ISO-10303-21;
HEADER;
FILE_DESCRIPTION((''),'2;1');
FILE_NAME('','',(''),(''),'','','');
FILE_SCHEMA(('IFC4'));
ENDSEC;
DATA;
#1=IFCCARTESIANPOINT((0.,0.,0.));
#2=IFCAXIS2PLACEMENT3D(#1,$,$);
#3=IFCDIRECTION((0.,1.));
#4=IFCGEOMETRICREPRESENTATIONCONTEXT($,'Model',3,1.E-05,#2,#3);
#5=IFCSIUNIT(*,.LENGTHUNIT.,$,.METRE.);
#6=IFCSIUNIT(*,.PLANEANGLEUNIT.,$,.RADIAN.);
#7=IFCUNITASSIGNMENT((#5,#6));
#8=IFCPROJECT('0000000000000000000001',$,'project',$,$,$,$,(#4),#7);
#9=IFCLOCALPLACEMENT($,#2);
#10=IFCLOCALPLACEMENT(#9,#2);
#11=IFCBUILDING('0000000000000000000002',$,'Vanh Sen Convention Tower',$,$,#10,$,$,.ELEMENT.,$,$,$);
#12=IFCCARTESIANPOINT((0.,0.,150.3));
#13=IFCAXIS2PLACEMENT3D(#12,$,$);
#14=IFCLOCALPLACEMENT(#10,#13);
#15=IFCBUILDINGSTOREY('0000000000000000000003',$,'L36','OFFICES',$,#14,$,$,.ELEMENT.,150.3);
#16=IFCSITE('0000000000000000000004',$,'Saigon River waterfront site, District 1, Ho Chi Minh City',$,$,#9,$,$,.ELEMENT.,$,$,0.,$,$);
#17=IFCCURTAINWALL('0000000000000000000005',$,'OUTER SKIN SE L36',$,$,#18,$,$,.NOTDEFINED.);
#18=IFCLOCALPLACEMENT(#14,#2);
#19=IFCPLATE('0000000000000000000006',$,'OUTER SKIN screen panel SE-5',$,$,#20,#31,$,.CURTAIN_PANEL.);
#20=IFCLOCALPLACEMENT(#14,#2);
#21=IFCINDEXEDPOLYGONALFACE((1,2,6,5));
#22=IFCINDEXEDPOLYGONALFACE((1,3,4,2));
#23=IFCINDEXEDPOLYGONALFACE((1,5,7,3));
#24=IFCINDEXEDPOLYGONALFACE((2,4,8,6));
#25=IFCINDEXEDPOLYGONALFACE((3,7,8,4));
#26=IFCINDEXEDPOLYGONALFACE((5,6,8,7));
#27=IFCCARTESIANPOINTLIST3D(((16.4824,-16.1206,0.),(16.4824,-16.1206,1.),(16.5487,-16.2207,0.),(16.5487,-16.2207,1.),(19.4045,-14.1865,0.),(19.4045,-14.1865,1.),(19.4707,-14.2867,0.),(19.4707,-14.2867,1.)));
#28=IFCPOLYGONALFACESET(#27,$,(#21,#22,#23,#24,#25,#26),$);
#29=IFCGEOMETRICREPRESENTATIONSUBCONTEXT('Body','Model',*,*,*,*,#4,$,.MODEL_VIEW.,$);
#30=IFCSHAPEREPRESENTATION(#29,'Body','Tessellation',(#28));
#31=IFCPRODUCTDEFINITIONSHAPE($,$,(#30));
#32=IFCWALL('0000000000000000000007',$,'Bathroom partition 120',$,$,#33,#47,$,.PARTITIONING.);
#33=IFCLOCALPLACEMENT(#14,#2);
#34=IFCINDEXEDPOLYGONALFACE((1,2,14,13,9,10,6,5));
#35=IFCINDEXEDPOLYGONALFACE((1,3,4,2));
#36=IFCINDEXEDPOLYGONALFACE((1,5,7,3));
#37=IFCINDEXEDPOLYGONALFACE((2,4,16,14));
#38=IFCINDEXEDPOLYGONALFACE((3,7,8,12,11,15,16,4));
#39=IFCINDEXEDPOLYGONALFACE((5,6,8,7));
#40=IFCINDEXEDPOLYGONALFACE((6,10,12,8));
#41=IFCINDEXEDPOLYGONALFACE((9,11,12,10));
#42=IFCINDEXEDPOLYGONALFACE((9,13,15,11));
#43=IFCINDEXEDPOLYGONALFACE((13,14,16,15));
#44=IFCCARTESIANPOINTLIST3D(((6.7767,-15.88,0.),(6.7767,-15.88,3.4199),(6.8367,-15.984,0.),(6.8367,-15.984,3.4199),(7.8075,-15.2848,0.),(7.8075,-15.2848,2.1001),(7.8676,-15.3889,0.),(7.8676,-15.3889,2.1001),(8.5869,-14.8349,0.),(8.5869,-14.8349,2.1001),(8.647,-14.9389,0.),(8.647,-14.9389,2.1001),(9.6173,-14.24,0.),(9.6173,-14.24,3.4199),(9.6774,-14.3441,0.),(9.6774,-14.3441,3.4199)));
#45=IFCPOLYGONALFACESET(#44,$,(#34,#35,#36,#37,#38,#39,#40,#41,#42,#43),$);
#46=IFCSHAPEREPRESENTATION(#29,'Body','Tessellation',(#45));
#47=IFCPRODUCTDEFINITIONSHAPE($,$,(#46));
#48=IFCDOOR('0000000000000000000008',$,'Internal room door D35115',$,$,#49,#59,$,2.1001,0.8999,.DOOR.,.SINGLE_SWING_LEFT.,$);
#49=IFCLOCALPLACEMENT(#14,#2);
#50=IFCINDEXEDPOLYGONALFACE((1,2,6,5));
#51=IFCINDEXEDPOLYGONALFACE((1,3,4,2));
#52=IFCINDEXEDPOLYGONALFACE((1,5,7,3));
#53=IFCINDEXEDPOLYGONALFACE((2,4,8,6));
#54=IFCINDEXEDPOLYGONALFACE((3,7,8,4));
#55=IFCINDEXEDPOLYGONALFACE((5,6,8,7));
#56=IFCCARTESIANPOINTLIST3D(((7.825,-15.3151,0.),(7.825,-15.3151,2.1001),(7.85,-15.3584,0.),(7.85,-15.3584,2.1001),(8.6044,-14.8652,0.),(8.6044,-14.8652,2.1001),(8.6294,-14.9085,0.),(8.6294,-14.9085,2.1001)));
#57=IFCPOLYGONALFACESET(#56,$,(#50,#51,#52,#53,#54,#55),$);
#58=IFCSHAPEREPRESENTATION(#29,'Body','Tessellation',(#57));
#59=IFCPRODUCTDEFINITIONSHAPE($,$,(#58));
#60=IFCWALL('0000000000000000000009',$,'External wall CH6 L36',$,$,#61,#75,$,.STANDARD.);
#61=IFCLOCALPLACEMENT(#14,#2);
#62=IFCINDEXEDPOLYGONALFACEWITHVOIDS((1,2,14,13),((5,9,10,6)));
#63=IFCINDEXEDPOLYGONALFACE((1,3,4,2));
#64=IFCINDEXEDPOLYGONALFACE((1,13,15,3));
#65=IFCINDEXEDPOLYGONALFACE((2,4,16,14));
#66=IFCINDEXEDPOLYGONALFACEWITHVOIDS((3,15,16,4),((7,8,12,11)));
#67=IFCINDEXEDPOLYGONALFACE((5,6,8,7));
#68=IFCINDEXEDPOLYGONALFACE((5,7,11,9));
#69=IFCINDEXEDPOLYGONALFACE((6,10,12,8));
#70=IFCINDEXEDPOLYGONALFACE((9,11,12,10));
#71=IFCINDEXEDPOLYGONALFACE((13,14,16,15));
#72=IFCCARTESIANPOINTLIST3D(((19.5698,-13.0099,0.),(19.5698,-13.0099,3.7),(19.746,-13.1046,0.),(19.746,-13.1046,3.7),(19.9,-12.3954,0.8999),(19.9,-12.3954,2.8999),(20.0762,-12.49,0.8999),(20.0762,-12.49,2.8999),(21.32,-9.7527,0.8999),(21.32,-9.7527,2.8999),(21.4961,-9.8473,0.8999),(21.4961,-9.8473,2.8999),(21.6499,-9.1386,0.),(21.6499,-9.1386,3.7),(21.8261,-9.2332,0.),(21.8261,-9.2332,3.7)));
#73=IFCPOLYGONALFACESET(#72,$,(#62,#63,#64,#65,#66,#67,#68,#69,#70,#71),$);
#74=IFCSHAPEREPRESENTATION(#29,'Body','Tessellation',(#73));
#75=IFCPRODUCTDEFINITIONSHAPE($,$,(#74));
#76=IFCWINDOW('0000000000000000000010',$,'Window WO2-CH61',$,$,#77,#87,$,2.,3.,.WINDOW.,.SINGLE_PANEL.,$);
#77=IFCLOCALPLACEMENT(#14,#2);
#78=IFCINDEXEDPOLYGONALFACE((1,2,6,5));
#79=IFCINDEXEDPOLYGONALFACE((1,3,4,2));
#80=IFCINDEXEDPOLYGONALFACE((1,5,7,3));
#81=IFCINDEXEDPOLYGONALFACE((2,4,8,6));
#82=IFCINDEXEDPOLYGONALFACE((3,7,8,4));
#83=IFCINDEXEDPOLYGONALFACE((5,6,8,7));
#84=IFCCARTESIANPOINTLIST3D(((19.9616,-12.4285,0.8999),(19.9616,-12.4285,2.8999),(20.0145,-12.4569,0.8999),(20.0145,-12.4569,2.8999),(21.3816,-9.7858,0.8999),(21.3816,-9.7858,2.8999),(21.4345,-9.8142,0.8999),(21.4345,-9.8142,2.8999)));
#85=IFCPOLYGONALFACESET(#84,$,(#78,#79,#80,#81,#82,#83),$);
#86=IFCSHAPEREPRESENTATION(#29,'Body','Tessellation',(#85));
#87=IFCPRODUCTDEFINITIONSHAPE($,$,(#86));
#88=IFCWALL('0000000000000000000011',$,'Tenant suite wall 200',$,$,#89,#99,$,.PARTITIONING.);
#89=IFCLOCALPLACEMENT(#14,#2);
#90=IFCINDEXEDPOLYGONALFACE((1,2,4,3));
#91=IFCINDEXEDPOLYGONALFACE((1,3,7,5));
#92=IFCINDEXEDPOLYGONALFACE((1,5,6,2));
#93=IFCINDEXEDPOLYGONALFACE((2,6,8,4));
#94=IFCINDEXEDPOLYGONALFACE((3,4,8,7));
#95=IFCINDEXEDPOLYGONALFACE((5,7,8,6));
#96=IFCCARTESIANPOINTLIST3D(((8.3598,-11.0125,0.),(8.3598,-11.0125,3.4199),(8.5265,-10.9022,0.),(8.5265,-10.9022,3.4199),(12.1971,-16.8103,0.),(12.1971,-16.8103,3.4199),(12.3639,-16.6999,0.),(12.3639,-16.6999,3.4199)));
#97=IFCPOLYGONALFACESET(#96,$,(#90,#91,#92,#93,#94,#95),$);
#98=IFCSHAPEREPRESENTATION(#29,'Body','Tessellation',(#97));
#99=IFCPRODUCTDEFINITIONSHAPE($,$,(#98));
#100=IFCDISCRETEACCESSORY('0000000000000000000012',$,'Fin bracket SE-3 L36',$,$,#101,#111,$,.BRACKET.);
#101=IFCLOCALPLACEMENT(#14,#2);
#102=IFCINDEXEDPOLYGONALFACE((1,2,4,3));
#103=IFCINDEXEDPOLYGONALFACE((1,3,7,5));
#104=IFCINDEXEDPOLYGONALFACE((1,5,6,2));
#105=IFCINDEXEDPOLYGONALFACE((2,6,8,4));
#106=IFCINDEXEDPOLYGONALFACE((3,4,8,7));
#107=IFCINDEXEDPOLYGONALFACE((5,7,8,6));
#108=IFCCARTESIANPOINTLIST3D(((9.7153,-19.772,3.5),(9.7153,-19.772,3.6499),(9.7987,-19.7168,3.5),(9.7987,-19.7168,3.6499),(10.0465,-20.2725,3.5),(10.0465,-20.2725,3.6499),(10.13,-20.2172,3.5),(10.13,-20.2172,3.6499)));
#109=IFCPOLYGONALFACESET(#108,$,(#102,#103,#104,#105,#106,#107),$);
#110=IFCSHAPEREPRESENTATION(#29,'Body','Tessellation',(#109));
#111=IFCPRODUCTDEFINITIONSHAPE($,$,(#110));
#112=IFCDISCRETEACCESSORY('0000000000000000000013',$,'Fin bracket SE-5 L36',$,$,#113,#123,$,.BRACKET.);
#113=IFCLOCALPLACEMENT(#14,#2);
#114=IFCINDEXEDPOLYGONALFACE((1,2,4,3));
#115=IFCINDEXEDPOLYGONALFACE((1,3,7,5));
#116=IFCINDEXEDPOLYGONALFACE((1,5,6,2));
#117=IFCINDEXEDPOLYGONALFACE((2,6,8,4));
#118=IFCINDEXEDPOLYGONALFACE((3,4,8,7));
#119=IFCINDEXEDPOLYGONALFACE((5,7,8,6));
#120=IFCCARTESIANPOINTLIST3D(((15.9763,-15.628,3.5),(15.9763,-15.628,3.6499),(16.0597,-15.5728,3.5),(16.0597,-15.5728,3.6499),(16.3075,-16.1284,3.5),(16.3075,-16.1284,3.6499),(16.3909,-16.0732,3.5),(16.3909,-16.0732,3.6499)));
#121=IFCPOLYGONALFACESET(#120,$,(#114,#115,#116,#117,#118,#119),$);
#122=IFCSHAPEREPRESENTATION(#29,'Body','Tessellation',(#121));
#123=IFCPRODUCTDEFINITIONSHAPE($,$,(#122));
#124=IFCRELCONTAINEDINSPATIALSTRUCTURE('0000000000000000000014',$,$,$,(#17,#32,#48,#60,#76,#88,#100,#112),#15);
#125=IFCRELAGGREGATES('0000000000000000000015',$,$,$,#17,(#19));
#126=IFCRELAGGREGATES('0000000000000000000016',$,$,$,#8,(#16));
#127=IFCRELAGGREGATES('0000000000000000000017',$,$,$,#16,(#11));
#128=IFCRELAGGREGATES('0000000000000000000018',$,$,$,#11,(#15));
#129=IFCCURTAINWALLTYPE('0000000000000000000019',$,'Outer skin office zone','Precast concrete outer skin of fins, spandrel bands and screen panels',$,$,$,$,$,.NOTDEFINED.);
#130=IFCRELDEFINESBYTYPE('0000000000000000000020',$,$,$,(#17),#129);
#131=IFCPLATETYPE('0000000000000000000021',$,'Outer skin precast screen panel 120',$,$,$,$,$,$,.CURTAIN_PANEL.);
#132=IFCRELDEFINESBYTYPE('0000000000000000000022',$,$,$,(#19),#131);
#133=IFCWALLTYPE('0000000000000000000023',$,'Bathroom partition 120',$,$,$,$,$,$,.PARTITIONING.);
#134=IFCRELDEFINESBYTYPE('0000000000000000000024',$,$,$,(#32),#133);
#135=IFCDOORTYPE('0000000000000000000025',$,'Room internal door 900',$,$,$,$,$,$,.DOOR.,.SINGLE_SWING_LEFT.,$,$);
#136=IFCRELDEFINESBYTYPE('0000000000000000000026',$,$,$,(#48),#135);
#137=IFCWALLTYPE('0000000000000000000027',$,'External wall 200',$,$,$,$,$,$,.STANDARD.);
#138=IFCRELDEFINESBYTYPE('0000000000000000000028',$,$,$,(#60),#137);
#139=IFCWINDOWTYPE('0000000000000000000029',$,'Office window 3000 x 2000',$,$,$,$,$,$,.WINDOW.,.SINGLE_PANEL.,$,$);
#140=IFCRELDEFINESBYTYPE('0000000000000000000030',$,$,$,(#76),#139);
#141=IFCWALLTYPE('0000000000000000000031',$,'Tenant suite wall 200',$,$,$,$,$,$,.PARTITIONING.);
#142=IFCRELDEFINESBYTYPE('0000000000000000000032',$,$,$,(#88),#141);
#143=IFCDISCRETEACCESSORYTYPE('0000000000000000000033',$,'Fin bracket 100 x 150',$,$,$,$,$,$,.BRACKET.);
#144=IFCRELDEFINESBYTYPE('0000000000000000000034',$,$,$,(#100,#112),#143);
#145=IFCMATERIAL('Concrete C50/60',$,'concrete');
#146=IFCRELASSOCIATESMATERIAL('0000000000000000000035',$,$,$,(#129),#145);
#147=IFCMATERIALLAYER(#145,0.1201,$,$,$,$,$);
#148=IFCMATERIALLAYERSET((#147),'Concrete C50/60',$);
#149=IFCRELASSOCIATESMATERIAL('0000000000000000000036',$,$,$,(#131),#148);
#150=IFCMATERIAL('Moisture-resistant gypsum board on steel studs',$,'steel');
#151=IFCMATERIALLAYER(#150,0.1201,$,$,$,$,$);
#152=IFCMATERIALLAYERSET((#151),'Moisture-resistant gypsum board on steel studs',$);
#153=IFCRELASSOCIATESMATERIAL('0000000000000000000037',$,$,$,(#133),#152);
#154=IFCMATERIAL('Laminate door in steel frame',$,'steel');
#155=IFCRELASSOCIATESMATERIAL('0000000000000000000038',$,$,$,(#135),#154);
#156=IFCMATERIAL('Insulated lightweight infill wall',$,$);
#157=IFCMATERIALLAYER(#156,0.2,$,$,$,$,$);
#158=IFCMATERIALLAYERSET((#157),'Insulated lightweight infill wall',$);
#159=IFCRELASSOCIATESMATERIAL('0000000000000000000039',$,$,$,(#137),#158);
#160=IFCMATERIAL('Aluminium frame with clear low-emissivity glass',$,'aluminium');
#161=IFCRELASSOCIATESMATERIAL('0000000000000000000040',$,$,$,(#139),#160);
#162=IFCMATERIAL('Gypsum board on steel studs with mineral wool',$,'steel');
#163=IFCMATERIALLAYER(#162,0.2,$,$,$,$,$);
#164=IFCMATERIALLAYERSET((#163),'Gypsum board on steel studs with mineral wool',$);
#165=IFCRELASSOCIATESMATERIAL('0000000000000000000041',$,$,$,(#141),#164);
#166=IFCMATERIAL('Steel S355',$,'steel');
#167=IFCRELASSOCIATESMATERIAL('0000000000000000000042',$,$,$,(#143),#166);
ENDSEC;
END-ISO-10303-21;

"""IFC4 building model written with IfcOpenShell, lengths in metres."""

from ifc_helpers import new_model, si_unit, direction, frame, frame_2d, origin, origin_2d, place, context, subcontext, project, spatial, rectangle, extrude, material, layer, layer_set, type_object, element, fill, aggregate, save


model = new_model("IFC4")

# Units and contexts
model_context = context("Model", 3, precision=1e-05, world=origin(), true_north=direction((0.0, 1.0)))
body_context = subcontext(model_context, "Body", "Model", "MODEL_VIEW")
ifc_project = project(units=[si_unit("LENGTHUNIT", "METRE"), si_unit("PLANEANGLEUNIT", "RADIAN")], contexts=[model_context])

# Site, building, storey
site_placement = place(None, origin())
site = spatial("IfcSite", under=ifc_project, at=site_placement, Name="Saigon River waterfront site, District 1, Ho Chi Minh City", CompositionType="ELEMENT", RefElevation=0.0)
building_placement = place(site_placement, origin())
building = spatial("IfcBuilding", under=site, at=building_placement, Name="Vanh Sen Convention Tower", CompositionType="ELEMENT")
storey_placement = place(building_placement, frame((0.0, 0.0, 150.3)))
storey = spatial("IfcBuildingStorey", under=building, at=storey_placement, Name="L36", Description="OFFICES", CompositionType="ELEMENT", Elevation=150.3)

# Curtain wall
ifc_material_1 = material(Name="Concrete C50/60", Category="concrete")
curtain_wall_type = type_object("IfcCurtainWallType", Name="Outer skin office zone", Description="Precast concrete outer skin of fins, spandrel bands and screen panels", PredefinedType="NOTDEFINED", material=ifc_material_1)
curtain_wall_1_placement = place(storey_placement, origin())
curtain_wall_1 = element("IfcCurtainWall", 1, at=curtain_wall_1_placement, inside=storey, type_object=curtain_wall_type, Name="OUTER SKIN SE L36", PredefinedType="NOTDEFINED")

# Plate
ifc_layer_1 = layer(ifc_material_1, 0.1201)
ifc_layer_set_1 = layer_set([ifc_layer_1], Name="Concrete C50/60")
plate_type = type_object("IfcPlateType", Name="Outer skin precast screen panel 120", PredefinedType="CURTAIN_PANEL", material=ifc_layer_set_1)
plate_1_placement = place(storey_placement, frame((17.9766, -15.2036, 0.0), z_axis=(0.0, 0.0, 1.0), x_axis=(0.83389, 0.551931, 0.0)))
plate_1 = element("IfcPlate", 2, at=plate_1_placement, type_object=plate_type, Name="OUTER SKIN screen panel SE-5", PredefinedType="CURTAIN_PANEL", context=body_context, shape_type="SweptSolid", body=[
    extrude(rectangle(XDim=3.5042, YDim=0.1201, at=origin_2d()), origin(), (0.0, 0.0, 1.0), 1.0),
])
aggregate(curtain_wall_1, [plate_1])

# Wall, opening, door
ifc_material_2 = material(Name="Moisture-resistant gypsum board on steel studs", Category="steel")
ifc_layer_2 = layer(ifc_material_2, 0.1201)
ifc_layer_set_2 = layer_set([ifc_layer_2], Name="Moisture-resistant gypsum board on steel studs")
wall_type_1 = type_object("IfcWallType", Name="Bathroom partition 120", PredefinedType="PARTITIONING", material=ifc_layer_set_2)
wall_1_placement = place(storey_placement, frame((9.6475, -14.292, 0.0), z_axis=(0.0, 0.0, 1.0), x_axis=(-0.866041, -0.499974, 0.0)))
wall_1 = element("IfcWall", 3, at=wall_1_placement, inside=storey, type_object=wall_type_1, Name="Bathroom partition 120", PredefinedType="PARTITIONING", context=body_context, shape_type="SweptSolid", body=[
    extrude(rectangle(XDim=3.28, YDim=0.1201, at=frame_2d((1.6401, 0.0))), origin(), (0.0, 0.0, 1.0), 3.4199),
])
opening_1_placement = place(wall_1_placement, frame((1.1899, 0.0, 0.0)))
opening_1 = element("IfcOpeningElement", 4, at=opening_1_placement, cuts=wall_1, PredefinedType="OPENING", context=body_context, shape_type="SweptSolid", body=[
    extrude(rectangle(XDim=0.8999, YDim=2.1001, at=frame_2d((0.45, 1.05))), frame((0.0, 0.0701, 0.0), z_axis=(0.0, -1.0, 0.0), x_axis=(1.0, 0.0, 0.0)), (0.0, 0.0, 1.0), 0.1401),
])
ifc_material_3 = material(Name="Laminate door in steel frame", Category="steel")
door_type = type_object("IfcDoorType", Name="Room internal door 900", OperationType="SINGLE_SWING_LEFT", PredefinedType="DOOR", material=ifc_material_3)
door_placement = place(opening_1_placement, origin())
door = element("IfcDoor", 5, at=door_placement, inside=storey, type_object=door_type, Name="Internal room door D35115", OperationType="SINGLE_SWING_LEFT", OverallHeight=2.1001, OverallWidth=0.8999, PredefinedType="DOOR", context=body_context, shape_type="SweptSolid", body=[
    extrude(rectangle(XDim=0.8999, YDim=2.1001, at=frame_2d((0.45, 1.05))), frame((0.0, 0.0249, 0.0), z_axis=(0.0, -1.0, 0.0), x_axis=(1.0, 0.0, 0.0)), (0.0, 0.0, 1.0), 0.05),
])
fill(opening_1, door)

# Wall, opening, window
ifc_material_4 = material(Name="Insulated lightweight infill wall")
ifc_layer_3 = layer(ifc_material_4, 0.2)
ifc_layer_set_3 = layer_set([ifc_layer_3], Name="Insulated lightweight infill wall")
wall_type_2 = type_object("IfcWallType", Name="External wall 200", PredefinedType="STANDARD", material=ifc_layer_set_3)
wall_2_placement = place(storey_placement, frame((19.658, -13.0571, 0.0), z_axis=(0.0, 0.0, 1.0), x_axis=(0.473308, 0.880897, 0.0)))
wall_2 = element("IfcWall", 6, at=wall_2_placement, inside=storey, type_object=wall_type_2, Name="External wall CH6 L36", PredefinedType="STANDARD", context=body_context, shape_type="SweptSolid", body=[
    extrude(rectangle(XDim=4.3948, YDim=0.2, at=frame_2d((2.1973, 0.0))), origin(), (0.0, 0.0, 1.0), 3.7),
])
opening_2_placement = place(wall_2_placement, frame((0.6975, 0.0, 0.8999)))
opening_2 = element("IfcOpeningElement", 7, at=opening_2_placement, cuts=wall_2, PredefinedType="OPENING", context=body_context, shape_type="SweptSolid", body=[
    extrude(rectangle(XDim=3.0, YDim=2.0, at=frame_2d((1.5, 1.0))), frame((0.0, 0.1099, 0.0), z_axis=(0.0, -1.0, 0.0), x_axis=(1.0, 0.0, 0.0)), (0.0, 0.0, 1.0), 0.22),
])
ifc_material_5 = material(Name="Aluminium frame with clear low-emissivity glass", Category="aluminium")
window_type = type_object("IfcWindowType", Name="Office window 3000 x 2000", PartitioningType="SINGLE_PANEL", PredefinedType="WINDOW", material=ifc_material_5)
window_placement = place(opening_2_placement, origin())
window = element("IfcWindow", 8, at=window_placement, inside=storey, type_object=window_type, Name="Window WO2-CH61", OverallHeight=2.0, OverallWidth=3.0, PartitioningType="SINGLE_PANEL", PredefinedType="WINDOW", context=body_context, shape_type="SweptSolid", body=[
    extrude(rectangle(XDim=3.0, YDim=2.0, at=frame_2d((1.5, 1.0))), frame((0.0, 0.03, 0.0), z_axis=(0.0, -1.0, 0.0), x_axis=(1.0, 0.0, 0.0)), (0.0, 0.0, 1.0), 0.0601),
])
fill(opening_2, window)

# Wall
ifc_material_6 = material(Name="Gypsum board on steel studs with mineral wool", Category="steel")
ifc_layer_4 = layer(ifc_material_6, 0.2)
ifc_layer_set_4 = layer_set([ifc_layer_4], Name="Gypsum board on steel studs with mineral wool")
wall_type_3 = type_object("IfcWallType", Name="Tenant suite wall 200", PredefinedType="PARTITIONING", material=ifc_layer_set_4)
wall_3_placement = place(storey_placement, frame((12.2805, -16.7551, 0.0), z_axis=(0.0, 0.0, 1.0), x_axis=(-0.551926, 0.833893, 0.0)))
element("IfcWall", 9, at=wall_3_placement, inside=storey, type_object=wall_type_3, Name="Tenant suite wall 200", PredefinedType="PARTITIONING", context=body_context, shape_type="SweptSolid", body=[
    extrude(rectangle(XDim=6.9526, YDim=0.2, at=frame_2d((3.4763, 0.0))), origin(), (0.0, 0.0, 1.0), 3.4199),
])

# Discrete accessories
ifc_material_7 = material(Name="Steel S355", Category="steel")
discrete_accessory_type = type_object("IfcDiscreteAccessoryType", Name="Fin bracket 100 x 150", PredefinedType="BRACKET", material=ifc_material_7)
for number, where, z_axis, x_axis, name in (
    (10, (9.9226, -19.9946, 3.5), (0.0, 0.0, 1.0), (0.551937, -0.833886, 0.0), "Fin bracket SE-3 L36"),
    (11, (16.1836, -15.8506, 3.5), (0.0, 0.0, 1.0), (0.551937, -0.833886, 0.0), "Fin bracket SE-5 L36"),
):
    element("IfcDiscreteAccessory", number, at=place(storey_placement, frame(where, z_axis=z_axis, x_axis=x_axis)), inside=storey, type_object=discrete_accessory_type, Name=name, PredefinedType="BRACKET", context=body_context, shape_type="SweptSolid", body=[
        extrude(rectangle(XDim=0.6001, YDim=0.1001, at=origin_2d()), origin(), (0.0, 0.0, 1.0), 0.1499),
    ])

save(model, "model.ifc")
